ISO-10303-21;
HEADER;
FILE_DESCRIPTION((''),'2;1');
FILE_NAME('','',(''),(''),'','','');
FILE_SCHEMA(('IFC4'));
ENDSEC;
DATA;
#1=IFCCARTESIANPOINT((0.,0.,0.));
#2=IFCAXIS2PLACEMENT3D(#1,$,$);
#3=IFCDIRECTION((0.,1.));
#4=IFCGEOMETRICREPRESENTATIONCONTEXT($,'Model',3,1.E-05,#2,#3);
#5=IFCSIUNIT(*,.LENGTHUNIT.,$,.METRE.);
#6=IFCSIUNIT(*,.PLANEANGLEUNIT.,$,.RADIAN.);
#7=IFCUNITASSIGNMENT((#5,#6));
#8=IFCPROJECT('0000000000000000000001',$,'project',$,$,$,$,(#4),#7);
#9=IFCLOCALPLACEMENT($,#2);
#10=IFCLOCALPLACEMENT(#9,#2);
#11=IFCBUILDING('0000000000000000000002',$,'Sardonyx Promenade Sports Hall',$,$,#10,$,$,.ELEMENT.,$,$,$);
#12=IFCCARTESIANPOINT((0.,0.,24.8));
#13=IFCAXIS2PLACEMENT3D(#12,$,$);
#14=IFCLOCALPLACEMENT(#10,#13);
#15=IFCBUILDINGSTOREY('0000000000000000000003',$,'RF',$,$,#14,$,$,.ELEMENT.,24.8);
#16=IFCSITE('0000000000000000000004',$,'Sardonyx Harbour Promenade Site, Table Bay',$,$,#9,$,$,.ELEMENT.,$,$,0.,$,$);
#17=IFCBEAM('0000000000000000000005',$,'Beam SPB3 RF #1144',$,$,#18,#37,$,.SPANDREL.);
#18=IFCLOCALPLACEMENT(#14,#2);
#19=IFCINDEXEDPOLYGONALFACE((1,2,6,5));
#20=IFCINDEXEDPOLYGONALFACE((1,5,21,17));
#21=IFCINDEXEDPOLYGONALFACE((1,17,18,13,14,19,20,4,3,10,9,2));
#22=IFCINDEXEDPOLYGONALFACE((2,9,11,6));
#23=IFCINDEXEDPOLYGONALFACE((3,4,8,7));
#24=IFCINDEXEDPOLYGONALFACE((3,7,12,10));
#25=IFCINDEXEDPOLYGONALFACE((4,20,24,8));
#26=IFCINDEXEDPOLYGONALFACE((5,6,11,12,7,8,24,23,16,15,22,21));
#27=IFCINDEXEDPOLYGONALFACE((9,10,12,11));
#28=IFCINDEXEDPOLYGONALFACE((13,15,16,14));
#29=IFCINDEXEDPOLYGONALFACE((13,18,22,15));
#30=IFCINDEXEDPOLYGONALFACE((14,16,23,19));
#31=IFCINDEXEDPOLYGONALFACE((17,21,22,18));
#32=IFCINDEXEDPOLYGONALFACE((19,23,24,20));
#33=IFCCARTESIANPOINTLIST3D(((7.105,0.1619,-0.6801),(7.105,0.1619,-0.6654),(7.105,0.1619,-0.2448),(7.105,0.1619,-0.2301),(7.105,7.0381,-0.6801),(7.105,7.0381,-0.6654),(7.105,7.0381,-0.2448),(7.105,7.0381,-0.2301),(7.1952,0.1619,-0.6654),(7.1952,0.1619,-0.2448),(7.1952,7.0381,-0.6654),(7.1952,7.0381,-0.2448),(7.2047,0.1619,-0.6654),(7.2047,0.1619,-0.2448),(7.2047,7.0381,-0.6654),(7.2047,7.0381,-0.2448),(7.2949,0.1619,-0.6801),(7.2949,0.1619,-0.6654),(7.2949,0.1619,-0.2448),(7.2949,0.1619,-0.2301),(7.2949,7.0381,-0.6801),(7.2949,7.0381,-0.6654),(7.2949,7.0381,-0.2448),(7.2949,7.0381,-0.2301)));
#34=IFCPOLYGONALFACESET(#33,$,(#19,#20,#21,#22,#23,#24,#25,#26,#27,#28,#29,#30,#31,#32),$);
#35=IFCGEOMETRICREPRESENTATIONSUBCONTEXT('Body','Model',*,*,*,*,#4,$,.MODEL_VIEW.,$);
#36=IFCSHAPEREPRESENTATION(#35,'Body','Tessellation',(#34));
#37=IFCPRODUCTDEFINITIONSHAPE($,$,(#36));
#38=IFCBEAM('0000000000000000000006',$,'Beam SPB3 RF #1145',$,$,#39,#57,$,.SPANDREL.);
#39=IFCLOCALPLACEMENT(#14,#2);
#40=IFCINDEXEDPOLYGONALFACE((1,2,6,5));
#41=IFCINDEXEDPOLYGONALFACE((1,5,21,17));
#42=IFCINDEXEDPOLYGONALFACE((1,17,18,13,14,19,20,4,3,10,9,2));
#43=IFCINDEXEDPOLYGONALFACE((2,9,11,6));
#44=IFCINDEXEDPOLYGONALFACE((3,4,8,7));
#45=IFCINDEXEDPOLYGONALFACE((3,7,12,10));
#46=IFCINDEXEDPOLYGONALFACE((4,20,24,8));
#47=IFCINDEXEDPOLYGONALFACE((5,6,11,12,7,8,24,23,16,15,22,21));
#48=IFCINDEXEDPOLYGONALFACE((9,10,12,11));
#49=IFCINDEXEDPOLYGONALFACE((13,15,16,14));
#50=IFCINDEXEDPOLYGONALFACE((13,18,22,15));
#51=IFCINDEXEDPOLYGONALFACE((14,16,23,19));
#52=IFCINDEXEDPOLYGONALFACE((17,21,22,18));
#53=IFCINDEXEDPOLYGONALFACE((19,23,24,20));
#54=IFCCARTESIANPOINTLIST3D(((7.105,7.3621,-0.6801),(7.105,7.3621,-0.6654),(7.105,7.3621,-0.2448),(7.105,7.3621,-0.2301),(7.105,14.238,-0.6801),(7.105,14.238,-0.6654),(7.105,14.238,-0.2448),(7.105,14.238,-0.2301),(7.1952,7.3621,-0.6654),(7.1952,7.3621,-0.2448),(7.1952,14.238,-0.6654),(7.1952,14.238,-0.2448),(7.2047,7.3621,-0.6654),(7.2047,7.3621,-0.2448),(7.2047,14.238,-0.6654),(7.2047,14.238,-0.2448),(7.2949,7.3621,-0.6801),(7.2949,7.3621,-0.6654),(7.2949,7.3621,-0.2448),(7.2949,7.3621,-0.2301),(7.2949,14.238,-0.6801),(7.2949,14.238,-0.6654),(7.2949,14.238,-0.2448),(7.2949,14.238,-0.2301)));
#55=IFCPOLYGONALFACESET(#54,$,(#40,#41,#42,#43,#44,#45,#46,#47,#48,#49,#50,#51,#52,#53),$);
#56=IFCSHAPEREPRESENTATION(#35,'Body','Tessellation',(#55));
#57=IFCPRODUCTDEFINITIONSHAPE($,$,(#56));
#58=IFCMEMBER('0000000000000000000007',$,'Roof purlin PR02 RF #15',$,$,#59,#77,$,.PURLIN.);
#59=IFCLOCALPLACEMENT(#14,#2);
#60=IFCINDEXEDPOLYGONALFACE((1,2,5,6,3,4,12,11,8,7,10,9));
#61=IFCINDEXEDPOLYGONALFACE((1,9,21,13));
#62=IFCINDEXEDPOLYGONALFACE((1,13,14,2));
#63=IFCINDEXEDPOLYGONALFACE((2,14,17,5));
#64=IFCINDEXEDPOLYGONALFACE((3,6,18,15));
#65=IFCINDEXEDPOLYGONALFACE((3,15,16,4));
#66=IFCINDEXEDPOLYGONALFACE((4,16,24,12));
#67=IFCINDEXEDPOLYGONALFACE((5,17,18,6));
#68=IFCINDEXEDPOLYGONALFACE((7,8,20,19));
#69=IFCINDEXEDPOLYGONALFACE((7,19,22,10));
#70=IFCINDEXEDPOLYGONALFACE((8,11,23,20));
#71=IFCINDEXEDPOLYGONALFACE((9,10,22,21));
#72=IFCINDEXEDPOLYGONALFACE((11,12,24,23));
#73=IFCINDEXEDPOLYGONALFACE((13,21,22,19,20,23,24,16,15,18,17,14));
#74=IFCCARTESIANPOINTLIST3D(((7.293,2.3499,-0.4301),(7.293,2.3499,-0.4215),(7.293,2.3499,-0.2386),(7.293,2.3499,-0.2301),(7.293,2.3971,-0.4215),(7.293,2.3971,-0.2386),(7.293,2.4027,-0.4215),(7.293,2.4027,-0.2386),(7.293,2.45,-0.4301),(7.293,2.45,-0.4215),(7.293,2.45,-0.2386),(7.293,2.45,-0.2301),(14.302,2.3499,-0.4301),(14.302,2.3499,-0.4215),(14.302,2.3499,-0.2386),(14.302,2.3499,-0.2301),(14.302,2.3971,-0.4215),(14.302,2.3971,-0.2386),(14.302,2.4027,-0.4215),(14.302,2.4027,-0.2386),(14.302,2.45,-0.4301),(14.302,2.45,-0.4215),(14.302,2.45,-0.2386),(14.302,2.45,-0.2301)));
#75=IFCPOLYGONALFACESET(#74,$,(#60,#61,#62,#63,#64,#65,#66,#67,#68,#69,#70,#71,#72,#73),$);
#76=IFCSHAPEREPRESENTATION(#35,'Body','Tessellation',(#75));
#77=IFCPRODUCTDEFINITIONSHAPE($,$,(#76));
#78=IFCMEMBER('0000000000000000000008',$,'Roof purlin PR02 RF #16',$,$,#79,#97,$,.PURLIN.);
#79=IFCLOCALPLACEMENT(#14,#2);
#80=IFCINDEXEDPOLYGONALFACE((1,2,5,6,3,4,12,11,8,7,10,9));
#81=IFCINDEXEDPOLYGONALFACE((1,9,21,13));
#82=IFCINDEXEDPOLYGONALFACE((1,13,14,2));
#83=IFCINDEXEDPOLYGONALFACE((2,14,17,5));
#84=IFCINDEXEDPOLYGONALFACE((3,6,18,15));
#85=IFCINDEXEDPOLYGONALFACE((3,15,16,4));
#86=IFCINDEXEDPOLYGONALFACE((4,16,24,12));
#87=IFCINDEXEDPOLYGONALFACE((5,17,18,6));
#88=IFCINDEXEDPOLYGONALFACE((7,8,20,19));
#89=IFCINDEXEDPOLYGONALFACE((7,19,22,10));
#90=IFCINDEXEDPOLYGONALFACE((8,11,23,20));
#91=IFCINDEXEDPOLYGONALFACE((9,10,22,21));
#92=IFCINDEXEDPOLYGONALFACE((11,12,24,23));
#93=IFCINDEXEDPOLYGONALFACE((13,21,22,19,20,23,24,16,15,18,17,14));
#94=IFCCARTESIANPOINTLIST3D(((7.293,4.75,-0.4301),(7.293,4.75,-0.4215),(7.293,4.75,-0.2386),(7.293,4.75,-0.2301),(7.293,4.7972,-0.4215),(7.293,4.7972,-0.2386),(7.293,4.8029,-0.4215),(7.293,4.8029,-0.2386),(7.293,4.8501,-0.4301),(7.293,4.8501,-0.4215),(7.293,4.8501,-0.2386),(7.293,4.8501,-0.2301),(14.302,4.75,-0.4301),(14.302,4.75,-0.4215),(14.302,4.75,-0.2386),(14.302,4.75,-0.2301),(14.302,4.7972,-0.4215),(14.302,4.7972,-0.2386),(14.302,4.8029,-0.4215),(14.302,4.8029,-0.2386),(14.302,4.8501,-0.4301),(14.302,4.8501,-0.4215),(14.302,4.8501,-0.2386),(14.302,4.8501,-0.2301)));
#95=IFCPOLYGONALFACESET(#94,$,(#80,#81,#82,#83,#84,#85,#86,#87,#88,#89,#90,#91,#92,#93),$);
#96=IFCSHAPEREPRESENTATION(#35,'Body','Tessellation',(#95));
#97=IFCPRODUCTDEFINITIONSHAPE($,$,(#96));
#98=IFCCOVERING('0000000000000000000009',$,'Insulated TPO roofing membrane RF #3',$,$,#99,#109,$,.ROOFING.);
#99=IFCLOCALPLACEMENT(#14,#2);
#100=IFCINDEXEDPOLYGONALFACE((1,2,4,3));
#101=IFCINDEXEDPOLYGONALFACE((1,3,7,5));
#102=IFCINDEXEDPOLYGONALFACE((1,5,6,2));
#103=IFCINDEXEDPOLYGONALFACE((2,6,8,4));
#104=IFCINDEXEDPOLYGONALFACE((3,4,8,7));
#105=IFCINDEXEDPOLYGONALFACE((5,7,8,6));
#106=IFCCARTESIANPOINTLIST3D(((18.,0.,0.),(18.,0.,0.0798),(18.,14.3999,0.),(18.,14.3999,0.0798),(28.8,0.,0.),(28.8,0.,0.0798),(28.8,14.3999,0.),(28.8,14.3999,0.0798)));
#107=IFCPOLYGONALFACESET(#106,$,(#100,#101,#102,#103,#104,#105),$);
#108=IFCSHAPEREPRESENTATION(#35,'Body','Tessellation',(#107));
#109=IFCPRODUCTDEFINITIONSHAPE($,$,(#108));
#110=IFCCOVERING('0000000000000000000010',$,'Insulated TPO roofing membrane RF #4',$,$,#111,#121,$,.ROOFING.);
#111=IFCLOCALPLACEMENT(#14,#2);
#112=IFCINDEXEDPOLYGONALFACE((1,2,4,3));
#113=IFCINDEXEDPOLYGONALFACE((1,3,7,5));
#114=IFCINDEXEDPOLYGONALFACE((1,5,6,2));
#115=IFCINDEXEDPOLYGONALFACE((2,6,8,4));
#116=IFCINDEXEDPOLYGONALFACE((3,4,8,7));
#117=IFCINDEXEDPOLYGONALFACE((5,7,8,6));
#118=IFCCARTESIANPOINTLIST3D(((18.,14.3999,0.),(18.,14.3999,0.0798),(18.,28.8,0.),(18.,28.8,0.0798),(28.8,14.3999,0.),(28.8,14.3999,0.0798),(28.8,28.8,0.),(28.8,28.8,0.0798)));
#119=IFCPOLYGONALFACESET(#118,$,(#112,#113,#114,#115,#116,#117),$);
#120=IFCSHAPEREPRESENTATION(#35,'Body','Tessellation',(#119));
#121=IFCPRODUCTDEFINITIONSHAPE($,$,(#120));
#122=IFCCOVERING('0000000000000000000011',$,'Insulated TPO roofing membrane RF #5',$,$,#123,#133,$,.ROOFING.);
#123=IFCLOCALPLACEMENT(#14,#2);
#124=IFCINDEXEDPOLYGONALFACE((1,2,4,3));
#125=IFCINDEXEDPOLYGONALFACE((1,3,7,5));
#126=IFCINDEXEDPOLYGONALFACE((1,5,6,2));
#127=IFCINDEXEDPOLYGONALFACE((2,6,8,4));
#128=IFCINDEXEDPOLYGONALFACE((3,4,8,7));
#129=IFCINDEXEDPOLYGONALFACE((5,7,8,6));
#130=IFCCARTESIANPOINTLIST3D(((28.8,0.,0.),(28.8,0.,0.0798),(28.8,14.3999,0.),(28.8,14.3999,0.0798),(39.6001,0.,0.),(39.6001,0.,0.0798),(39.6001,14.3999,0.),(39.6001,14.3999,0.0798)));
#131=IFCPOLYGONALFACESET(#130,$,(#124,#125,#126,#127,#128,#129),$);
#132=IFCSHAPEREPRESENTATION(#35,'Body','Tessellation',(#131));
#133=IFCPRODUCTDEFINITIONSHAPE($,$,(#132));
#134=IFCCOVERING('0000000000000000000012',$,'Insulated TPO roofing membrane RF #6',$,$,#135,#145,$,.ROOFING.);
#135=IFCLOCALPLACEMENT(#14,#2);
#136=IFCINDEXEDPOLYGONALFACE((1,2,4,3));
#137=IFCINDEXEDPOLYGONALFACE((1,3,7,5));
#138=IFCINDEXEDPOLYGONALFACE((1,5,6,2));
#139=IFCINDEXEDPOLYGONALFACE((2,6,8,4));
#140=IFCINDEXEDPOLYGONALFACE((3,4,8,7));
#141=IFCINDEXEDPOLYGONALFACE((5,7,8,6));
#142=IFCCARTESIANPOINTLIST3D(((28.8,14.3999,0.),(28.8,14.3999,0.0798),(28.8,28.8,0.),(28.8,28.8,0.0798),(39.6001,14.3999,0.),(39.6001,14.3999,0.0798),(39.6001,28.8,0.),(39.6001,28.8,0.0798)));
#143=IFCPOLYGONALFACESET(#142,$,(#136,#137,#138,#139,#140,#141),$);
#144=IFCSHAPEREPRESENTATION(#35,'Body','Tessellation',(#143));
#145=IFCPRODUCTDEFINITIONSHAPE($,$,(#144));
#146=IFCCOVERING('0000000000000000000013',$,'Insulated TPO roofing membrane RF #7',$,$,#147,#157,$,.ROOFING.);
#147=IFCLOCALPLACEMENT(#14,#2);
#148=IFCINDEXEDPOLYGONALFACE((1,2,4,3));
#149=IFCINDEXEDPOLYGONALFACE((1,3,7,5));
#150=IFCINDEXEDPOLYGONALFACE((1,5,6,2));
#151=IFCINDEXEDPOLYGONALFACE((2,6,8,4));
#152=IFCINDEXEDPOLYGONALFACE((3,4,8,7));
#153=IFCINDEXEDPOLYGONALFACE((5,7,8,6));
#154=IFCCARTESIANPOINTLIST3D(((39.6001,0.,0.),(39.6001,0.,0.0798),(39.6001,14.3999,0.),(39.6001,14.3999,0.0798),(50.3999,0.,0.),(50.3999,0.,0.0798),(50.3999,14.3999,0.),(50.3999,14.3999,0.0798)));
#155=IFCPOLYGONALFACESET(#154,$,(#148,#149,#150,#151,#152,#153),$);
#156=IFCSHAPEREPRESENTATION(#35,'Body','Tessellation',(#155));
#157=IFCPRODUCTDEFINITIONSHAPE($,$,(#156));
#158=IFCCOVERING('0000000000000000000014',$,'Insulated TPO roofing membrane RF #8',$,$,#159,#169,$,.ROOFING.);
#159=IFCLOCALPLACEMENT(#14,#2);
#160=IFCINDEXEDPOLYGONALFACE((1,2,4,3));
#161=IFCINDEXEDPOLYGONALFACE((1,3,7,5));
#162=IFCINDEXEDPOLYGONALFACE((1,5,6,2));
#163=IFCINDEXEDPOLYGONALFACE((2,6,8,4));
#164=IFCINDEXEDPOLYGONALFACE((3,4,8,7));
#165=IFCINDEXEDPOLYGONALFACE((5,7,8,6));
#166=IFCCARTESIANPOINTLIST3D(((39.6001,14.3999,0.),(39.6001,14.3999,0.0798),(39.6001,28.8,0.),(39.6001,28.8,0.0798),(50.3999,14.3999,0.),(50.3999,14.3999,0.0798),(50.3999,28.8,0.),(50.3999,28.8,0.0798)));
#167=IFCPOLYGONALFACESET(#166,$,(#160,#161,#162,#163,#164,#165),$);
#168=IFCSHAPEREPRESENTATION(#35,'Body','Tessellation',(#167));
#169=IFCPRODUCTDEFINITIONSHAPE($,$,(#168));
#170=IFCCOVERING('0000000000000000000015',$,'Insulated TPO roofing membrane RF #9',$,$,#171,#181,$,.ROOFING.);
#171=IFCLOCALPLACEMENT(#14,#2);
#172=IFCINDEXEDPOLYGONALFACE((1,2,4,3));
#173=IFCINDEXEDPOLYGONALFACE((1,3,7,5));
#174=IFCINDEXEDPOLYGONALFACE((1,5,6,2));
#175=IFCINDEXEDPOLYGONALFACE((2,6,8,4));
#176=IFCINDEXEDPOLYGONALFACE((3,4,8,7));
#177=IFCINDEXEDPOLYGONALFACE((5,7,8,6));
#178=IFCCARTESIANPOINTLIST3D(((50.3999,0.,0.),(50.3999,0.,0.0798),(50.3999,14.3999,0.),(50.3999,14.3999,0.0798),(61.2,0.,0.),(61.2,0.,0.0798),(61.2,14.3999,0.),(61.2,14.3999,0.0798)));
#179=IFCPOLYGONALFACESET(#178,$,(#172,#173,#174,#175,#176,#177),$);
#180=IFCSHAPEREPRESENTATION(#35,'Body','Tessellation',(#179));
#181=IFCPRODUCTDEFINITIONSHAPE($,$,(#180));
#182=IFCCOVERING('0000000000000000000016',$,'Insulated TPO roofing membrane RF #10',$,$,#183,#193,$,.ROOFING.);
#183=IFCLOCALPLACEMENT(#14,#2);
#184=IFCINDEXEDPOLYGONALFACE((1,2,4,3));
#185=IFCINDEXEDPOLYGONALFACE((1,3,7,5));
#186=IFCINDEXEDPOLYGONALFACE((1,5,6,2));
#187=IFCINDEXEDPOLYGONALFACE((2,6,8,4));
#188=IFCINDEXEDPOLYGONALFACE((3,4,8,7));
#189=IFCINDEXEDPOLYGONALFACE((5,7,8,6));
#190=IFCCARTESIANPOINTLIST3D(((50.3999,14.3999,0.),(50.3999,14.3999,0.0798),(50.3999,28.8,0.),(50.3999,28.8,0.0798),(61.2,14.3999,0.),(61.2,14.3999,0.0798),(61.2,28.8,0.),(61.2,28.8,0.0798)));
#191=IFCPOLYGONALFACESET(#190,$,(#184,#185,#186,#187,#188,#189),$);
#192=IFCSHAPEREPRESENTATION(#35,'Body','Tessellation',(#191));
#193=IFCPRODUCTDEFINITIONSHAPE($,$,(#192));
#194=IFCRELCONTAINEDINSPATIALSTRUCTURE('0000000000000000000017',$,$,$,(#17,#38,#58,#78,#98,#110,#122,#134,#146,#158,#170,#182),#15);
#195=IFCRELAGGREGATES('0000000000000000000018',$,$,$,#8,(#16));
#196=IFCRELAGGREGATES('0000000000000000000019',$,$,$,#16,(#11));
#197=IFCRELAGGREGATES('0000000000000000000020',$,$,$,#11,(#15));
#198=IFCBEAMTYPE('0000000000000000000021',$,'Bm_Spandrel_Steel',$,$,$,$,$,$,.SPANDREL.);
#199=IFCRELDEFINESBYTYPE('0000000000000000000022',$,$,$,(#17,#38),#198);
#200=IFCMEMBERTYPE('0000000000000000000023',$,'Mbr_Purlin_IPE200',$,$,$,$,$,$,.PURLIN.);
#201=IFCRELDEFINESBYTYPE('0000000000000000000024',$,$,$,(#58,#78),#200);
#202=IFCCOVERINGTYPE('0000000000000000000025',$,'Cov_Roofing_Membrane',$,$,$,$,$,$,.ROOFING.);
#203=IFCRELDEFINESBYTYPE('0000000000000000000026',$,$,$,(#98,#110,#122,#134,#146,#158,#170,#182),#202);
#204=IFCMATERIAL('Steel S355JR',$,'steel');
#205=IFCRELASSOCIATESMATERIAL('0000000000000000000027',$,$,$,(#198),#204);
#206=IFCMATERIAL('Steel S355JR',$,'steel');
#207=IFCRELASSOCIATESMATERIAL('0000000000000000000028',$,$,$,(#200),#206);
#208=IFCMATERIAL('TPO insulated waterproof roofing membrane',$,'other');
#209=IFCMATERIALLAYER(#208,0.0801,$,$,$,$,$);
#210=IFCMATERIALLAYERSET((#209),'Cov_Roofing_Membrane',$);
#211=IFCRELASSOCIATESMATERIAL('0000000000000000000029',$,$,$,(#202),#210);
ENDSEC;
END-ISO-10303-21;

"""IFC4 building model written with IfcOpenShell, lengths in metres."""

from ifc_helpers import new_model, si_unit, direction, frame, origin, origin_2d, place, context, subcontext, project, spatial, polyline, i_section, outline, extrude, material, layer, layer_set, material_profile, profile_set, type_object, element, save


model = new_model("IFC4")

# Units and contexts
model_context = context("Model", 3, precision=1e-05, world=origin(), true_north=direction((0.0, 1.0)))
body_context = subcontext(model_context, "Body", "Model", "MODEL_VIEW")
ifc_project = project(units=[si_unit("LENGTHUNIT", "METRE"), si_unit("PLANEANGLEUNIT", "RADIAN")], contexts=[model_context])

# Site, building, storey
site_placement = place(None, origin())
site = spatial("IfcSite", under=ifc_project, at=site_placement, Name="Sardonyx Harbour Promenade Site, Table Bay", CompositionType="ELEMENT", RefElevation=0.0)
building_placement = place(site_placement, origin())
building = spatial("IfcBuilding", under=site, at=building_placement, Name="Sardonyx Promenade Sports Hall", CompositionType="ELEMENT")
storey_placement = place(building_placement, frame((0.0, 0.0, 24.8)))
storey = spatial("IfcBuildingStorey", under=building, at=storey_placement, Name="RF", CompositionType="ELEMENT", Elevation=24.8)

# Beams
ifc_material_1 = material(Name="Steel S355JR", Category="steel")
ifc_material_profile_1 = material_profile(ifc_material_1, i_section(OverallWidth=0.1899, OverallDepth=0.45, WebThickness=0.0095, FlangeThickness=0.0146, at=origin_2d()))
ifc_profile_set_1 = profile_set([ifc_material_profile_1], Name="Steel S355JR")
beam_type = type_object("IfcBeamType", Name="Bm_Spandrel_Steel", PredefinedType="SPANDREL", material=ifc_profile_set_1)
beam_1_placement = place(storey_placement, frame((7.2, 0.1619, -0.4551), z_axis=(0.0, 1.0, 0.0), x_axis=(-1.0, 0.0, 0.0)))
element("IfcBeam", 1, at=beam_1_placement, inside=storey, type_object=beam_type, Name="Beam SPB3 RF #1144", PredefinedType="SPANDREL", context=body_context, shape_type="SweptSolid", body=[
    extrude(i_section(OverallWidth=0.1899, OverallDepth=0.45, WebThickness=0.0095, FlangeThickness=0.0146, at=origin_2d()), origin(), (0.0, 0.0, 1.0), 6.8762),
])
beam_2_placement = place(storey_placement, frame((7.2, 7.3621, -0.4551), z_axis=(0.0, 1.0, 0.0), x_axis=(-1.0, 0.0, 0.0)))
element("IfcBeam", 2, at=beam_2_placement, inside=storey, type_object=beam_type, Name="Beam SPB3 RF #1145", PredefinedType="SPANDREL", context=body_context, shape_type="SweptSolid", body=[
    extrude(i_section(OverallWidth=0.1899, OverallDepth=0.45, WebThickness=0.0095, FlangeThickness=0.0146, at=origin_2d()), origin(), (0.0, 0.0, 1.0), 6.876),
])

# Members
ifc_material_2 = material(Name="Steel S355JR", Category="steel")
ifc_material_profile_2 = material_profile(ifc_material_2, i_section(OverallWidth=0.1001, OverallDepth=0.2, WebThickness=0.0056, FlangeThickness=0.0085, at=origin_2d()))
ifc_profile_set_2 = profile_set([ifc_material_profile_2], Name="Steel S355JR")
member_type = type_object("IfcMemberType", Name="Mbr_Purlin_IPE200", PredefinedType="PURLIN", material=ifc_profile_set_2)
for number, where, z_axis, x_axis, name in (
    (3, (7.293, 2.3999, -0.3301), (1.0, 0.0, 0.0), (0.0, 1.0, 0.0), "Roof purlin PR02 RF #15"),
    (4, (7.293, 4.8, -0.3301), (1.0, 0.0, 0.0), (0.0, 1.0, 0.0), "Roof purlin PR02 RF #16"),
):
    element("IfcMember", number, at=place(storey_placement, frame(where, z_axis=z_axis, x_axis=x_axis)), inside=storey, type_object=member_type, Name=name, PredefinedType="PURLIN", context=body_context, shape_type="SweptSolid", body=[
        extrude(i_section(OverallWidth=0.1001, OverallDepth=0.2, WebThickness=0.0056, FlangeThickness=0.0085, at=origin_2d()), origin(), (0.0, 0.0, 1.0), 7.009),
    ])

# Coverings
ifc_material_3 = material(Name="TPO insulated waterproof roofing membrane", Category="other")
ifc_layer = layer(ifc_material_3, 0.0801)
ifc_layer_set = layer_set([ifc_layer], Name="Cov_Roofing_Membrane")
covering_type = type_object("IfcCoveringType", Name="Cov_Roofing_Membrane", PredefinedType="ROOFING", material=ifc_layer_set)
covering_1_placement = place(storey_placement, origin())
element("IfcCovering", 5, at=covering_1_placement, inside=storey, type_object=covering_type, Name="Insulated TPO roofing membrane RF #3", PredefinedType="ROOFING", context=body_context, shape_type="SweptSolid", body=[
    extrude(outline(polyline([(18.0, 0.0), (28.8, 0.0), (28.8, 14.3999), (18.0, 14.3999), (18.0, 0.0)])), origin(), (0.0, 0.0, 1.0), 0.0798),
])
covering_2_placement = place(storey_placement, origin())
element("IfcCovering", 6, at=covering_2_placement, inside=storey, type_object=covering_type, Name="Insulated TPO roofing membrane RF #4", PredefinedType="ROOFING", context=body_context, shape_type="SweptSolid", body=[
    extrude(outline(polyline([(18.0, 14.3999), (28.8, 14.3999), (28.8, 28.8), (18.0, 28.8), (18.0, 14.3999)])), origin(), (0.0, 0.0, 1.0), 0.0798),
])
covering_3_placement = place(storey_placement, origin())
element("IfcCovering", 7, at=covering_3_placement, inside=storey, type_object=covering_type, Name="Insulated TPO roofing membrane RF #5", PredefinedType="ROOFING", context=body_context, shape_type="SweptSolid", body=[
    extrude(outline(polyline([(28.8, 0.0), (39.6001, 0.0), (39.6001, 14.3999), (28.8, 14.3999), (28.8, 0.0)])), origin(), (0.0, 0.0, 1.0), 0.0798),
])
covering_4_placement = place(storey_placement, origin())
element("IfcCovering", 8, at=covering_4_placement, inside=storey, type_object=covering_type, Name="Insulated TPO roofing membrane RF #6", PredefinedType="ROOFING", context=body_context, shape_type="SweptSolid", body=[
    extrude(outline(polyline([(28.8, 14.3999), (39.6001, 14.3999), (39.6001, 28.8), (28.8, 28.8), (28.8, 14.3999)])), origin(), (0.0, 0.0, 1.0), 0.0798),
])
covering_5_placement = place(storey_placement, origin())
element("IfcCovering", 9, at=covering_5_placement, inside=storey, type_object=covering_type, Name="Insulated TPO roofing membrane RF #7", PredefinedType="ROOFING", context=body_context, shape_type="SweptSolid", body=[
    extrude(outline(polyline([(39.6001, 0.0), (50.3999, 0.0), (50.3999, 14.3999), (39.6001, 14.3999), (39.6001, 0.0)])), origin(), (0.0, 0.0, 1.0), 0.0798),
])
covering_6_placement = place(storey_placement, origin())
element("IfcCovering", 10, at=covering_6_placement, inside=storey, type_object=covering_type, Name="Insulated TPO roofing membrane RF #8", PredefinedType="ROOFING", context=body_context, shape_type="SweptSolid", body=[
    extrude(outline(polyline([(39.6001, 14.3999), (50.3999, 14.3999), (50.3999, 28.8), (39.6001, 28.8), (39.6001, 14.3999)])), origin(), (0.0, 0.0, 1.0), 0.0798),
])
covering_7_placement = place(storey_placement, origin())
element("IfcCovering", 11, at=covering_7_placement, inside=storey, type_object=covering_type, Name="Insulated TPO roofing membrane RF #9", PredefinedType="ROOFING", context=body_context, shape_type="SweptSolid", body=[
    extrude(outline(polyline([(50.3999, 0.0), (61.2, 0.0), (61.2, 14.3999), (50.3999, 14.3999), (50.3999, 0.0)])), origin(), (0.0, 0.0, 1.0), 0.0798),
])
covering_8_placement = place(storey_placement, origin())
element("IfcCovering", 12, at=covering_8_placement, inside=storey, type_object=covering_type, Name="Insulated TPO roofing membrane RF #10", PredefinedType="ROOFING", context=body_context, shape_type="SweptSolid", body=[
    extrude(outline(polyline([(50.3999, 14.3999), (61.2, 14.3999), (61.2, 28.8), (50.3999, 28.8), (50.3999, 14.3999)])), origin(), (0.0, 0.0, 1.0), 0.0798),
])

save(model, "model.ifc")
